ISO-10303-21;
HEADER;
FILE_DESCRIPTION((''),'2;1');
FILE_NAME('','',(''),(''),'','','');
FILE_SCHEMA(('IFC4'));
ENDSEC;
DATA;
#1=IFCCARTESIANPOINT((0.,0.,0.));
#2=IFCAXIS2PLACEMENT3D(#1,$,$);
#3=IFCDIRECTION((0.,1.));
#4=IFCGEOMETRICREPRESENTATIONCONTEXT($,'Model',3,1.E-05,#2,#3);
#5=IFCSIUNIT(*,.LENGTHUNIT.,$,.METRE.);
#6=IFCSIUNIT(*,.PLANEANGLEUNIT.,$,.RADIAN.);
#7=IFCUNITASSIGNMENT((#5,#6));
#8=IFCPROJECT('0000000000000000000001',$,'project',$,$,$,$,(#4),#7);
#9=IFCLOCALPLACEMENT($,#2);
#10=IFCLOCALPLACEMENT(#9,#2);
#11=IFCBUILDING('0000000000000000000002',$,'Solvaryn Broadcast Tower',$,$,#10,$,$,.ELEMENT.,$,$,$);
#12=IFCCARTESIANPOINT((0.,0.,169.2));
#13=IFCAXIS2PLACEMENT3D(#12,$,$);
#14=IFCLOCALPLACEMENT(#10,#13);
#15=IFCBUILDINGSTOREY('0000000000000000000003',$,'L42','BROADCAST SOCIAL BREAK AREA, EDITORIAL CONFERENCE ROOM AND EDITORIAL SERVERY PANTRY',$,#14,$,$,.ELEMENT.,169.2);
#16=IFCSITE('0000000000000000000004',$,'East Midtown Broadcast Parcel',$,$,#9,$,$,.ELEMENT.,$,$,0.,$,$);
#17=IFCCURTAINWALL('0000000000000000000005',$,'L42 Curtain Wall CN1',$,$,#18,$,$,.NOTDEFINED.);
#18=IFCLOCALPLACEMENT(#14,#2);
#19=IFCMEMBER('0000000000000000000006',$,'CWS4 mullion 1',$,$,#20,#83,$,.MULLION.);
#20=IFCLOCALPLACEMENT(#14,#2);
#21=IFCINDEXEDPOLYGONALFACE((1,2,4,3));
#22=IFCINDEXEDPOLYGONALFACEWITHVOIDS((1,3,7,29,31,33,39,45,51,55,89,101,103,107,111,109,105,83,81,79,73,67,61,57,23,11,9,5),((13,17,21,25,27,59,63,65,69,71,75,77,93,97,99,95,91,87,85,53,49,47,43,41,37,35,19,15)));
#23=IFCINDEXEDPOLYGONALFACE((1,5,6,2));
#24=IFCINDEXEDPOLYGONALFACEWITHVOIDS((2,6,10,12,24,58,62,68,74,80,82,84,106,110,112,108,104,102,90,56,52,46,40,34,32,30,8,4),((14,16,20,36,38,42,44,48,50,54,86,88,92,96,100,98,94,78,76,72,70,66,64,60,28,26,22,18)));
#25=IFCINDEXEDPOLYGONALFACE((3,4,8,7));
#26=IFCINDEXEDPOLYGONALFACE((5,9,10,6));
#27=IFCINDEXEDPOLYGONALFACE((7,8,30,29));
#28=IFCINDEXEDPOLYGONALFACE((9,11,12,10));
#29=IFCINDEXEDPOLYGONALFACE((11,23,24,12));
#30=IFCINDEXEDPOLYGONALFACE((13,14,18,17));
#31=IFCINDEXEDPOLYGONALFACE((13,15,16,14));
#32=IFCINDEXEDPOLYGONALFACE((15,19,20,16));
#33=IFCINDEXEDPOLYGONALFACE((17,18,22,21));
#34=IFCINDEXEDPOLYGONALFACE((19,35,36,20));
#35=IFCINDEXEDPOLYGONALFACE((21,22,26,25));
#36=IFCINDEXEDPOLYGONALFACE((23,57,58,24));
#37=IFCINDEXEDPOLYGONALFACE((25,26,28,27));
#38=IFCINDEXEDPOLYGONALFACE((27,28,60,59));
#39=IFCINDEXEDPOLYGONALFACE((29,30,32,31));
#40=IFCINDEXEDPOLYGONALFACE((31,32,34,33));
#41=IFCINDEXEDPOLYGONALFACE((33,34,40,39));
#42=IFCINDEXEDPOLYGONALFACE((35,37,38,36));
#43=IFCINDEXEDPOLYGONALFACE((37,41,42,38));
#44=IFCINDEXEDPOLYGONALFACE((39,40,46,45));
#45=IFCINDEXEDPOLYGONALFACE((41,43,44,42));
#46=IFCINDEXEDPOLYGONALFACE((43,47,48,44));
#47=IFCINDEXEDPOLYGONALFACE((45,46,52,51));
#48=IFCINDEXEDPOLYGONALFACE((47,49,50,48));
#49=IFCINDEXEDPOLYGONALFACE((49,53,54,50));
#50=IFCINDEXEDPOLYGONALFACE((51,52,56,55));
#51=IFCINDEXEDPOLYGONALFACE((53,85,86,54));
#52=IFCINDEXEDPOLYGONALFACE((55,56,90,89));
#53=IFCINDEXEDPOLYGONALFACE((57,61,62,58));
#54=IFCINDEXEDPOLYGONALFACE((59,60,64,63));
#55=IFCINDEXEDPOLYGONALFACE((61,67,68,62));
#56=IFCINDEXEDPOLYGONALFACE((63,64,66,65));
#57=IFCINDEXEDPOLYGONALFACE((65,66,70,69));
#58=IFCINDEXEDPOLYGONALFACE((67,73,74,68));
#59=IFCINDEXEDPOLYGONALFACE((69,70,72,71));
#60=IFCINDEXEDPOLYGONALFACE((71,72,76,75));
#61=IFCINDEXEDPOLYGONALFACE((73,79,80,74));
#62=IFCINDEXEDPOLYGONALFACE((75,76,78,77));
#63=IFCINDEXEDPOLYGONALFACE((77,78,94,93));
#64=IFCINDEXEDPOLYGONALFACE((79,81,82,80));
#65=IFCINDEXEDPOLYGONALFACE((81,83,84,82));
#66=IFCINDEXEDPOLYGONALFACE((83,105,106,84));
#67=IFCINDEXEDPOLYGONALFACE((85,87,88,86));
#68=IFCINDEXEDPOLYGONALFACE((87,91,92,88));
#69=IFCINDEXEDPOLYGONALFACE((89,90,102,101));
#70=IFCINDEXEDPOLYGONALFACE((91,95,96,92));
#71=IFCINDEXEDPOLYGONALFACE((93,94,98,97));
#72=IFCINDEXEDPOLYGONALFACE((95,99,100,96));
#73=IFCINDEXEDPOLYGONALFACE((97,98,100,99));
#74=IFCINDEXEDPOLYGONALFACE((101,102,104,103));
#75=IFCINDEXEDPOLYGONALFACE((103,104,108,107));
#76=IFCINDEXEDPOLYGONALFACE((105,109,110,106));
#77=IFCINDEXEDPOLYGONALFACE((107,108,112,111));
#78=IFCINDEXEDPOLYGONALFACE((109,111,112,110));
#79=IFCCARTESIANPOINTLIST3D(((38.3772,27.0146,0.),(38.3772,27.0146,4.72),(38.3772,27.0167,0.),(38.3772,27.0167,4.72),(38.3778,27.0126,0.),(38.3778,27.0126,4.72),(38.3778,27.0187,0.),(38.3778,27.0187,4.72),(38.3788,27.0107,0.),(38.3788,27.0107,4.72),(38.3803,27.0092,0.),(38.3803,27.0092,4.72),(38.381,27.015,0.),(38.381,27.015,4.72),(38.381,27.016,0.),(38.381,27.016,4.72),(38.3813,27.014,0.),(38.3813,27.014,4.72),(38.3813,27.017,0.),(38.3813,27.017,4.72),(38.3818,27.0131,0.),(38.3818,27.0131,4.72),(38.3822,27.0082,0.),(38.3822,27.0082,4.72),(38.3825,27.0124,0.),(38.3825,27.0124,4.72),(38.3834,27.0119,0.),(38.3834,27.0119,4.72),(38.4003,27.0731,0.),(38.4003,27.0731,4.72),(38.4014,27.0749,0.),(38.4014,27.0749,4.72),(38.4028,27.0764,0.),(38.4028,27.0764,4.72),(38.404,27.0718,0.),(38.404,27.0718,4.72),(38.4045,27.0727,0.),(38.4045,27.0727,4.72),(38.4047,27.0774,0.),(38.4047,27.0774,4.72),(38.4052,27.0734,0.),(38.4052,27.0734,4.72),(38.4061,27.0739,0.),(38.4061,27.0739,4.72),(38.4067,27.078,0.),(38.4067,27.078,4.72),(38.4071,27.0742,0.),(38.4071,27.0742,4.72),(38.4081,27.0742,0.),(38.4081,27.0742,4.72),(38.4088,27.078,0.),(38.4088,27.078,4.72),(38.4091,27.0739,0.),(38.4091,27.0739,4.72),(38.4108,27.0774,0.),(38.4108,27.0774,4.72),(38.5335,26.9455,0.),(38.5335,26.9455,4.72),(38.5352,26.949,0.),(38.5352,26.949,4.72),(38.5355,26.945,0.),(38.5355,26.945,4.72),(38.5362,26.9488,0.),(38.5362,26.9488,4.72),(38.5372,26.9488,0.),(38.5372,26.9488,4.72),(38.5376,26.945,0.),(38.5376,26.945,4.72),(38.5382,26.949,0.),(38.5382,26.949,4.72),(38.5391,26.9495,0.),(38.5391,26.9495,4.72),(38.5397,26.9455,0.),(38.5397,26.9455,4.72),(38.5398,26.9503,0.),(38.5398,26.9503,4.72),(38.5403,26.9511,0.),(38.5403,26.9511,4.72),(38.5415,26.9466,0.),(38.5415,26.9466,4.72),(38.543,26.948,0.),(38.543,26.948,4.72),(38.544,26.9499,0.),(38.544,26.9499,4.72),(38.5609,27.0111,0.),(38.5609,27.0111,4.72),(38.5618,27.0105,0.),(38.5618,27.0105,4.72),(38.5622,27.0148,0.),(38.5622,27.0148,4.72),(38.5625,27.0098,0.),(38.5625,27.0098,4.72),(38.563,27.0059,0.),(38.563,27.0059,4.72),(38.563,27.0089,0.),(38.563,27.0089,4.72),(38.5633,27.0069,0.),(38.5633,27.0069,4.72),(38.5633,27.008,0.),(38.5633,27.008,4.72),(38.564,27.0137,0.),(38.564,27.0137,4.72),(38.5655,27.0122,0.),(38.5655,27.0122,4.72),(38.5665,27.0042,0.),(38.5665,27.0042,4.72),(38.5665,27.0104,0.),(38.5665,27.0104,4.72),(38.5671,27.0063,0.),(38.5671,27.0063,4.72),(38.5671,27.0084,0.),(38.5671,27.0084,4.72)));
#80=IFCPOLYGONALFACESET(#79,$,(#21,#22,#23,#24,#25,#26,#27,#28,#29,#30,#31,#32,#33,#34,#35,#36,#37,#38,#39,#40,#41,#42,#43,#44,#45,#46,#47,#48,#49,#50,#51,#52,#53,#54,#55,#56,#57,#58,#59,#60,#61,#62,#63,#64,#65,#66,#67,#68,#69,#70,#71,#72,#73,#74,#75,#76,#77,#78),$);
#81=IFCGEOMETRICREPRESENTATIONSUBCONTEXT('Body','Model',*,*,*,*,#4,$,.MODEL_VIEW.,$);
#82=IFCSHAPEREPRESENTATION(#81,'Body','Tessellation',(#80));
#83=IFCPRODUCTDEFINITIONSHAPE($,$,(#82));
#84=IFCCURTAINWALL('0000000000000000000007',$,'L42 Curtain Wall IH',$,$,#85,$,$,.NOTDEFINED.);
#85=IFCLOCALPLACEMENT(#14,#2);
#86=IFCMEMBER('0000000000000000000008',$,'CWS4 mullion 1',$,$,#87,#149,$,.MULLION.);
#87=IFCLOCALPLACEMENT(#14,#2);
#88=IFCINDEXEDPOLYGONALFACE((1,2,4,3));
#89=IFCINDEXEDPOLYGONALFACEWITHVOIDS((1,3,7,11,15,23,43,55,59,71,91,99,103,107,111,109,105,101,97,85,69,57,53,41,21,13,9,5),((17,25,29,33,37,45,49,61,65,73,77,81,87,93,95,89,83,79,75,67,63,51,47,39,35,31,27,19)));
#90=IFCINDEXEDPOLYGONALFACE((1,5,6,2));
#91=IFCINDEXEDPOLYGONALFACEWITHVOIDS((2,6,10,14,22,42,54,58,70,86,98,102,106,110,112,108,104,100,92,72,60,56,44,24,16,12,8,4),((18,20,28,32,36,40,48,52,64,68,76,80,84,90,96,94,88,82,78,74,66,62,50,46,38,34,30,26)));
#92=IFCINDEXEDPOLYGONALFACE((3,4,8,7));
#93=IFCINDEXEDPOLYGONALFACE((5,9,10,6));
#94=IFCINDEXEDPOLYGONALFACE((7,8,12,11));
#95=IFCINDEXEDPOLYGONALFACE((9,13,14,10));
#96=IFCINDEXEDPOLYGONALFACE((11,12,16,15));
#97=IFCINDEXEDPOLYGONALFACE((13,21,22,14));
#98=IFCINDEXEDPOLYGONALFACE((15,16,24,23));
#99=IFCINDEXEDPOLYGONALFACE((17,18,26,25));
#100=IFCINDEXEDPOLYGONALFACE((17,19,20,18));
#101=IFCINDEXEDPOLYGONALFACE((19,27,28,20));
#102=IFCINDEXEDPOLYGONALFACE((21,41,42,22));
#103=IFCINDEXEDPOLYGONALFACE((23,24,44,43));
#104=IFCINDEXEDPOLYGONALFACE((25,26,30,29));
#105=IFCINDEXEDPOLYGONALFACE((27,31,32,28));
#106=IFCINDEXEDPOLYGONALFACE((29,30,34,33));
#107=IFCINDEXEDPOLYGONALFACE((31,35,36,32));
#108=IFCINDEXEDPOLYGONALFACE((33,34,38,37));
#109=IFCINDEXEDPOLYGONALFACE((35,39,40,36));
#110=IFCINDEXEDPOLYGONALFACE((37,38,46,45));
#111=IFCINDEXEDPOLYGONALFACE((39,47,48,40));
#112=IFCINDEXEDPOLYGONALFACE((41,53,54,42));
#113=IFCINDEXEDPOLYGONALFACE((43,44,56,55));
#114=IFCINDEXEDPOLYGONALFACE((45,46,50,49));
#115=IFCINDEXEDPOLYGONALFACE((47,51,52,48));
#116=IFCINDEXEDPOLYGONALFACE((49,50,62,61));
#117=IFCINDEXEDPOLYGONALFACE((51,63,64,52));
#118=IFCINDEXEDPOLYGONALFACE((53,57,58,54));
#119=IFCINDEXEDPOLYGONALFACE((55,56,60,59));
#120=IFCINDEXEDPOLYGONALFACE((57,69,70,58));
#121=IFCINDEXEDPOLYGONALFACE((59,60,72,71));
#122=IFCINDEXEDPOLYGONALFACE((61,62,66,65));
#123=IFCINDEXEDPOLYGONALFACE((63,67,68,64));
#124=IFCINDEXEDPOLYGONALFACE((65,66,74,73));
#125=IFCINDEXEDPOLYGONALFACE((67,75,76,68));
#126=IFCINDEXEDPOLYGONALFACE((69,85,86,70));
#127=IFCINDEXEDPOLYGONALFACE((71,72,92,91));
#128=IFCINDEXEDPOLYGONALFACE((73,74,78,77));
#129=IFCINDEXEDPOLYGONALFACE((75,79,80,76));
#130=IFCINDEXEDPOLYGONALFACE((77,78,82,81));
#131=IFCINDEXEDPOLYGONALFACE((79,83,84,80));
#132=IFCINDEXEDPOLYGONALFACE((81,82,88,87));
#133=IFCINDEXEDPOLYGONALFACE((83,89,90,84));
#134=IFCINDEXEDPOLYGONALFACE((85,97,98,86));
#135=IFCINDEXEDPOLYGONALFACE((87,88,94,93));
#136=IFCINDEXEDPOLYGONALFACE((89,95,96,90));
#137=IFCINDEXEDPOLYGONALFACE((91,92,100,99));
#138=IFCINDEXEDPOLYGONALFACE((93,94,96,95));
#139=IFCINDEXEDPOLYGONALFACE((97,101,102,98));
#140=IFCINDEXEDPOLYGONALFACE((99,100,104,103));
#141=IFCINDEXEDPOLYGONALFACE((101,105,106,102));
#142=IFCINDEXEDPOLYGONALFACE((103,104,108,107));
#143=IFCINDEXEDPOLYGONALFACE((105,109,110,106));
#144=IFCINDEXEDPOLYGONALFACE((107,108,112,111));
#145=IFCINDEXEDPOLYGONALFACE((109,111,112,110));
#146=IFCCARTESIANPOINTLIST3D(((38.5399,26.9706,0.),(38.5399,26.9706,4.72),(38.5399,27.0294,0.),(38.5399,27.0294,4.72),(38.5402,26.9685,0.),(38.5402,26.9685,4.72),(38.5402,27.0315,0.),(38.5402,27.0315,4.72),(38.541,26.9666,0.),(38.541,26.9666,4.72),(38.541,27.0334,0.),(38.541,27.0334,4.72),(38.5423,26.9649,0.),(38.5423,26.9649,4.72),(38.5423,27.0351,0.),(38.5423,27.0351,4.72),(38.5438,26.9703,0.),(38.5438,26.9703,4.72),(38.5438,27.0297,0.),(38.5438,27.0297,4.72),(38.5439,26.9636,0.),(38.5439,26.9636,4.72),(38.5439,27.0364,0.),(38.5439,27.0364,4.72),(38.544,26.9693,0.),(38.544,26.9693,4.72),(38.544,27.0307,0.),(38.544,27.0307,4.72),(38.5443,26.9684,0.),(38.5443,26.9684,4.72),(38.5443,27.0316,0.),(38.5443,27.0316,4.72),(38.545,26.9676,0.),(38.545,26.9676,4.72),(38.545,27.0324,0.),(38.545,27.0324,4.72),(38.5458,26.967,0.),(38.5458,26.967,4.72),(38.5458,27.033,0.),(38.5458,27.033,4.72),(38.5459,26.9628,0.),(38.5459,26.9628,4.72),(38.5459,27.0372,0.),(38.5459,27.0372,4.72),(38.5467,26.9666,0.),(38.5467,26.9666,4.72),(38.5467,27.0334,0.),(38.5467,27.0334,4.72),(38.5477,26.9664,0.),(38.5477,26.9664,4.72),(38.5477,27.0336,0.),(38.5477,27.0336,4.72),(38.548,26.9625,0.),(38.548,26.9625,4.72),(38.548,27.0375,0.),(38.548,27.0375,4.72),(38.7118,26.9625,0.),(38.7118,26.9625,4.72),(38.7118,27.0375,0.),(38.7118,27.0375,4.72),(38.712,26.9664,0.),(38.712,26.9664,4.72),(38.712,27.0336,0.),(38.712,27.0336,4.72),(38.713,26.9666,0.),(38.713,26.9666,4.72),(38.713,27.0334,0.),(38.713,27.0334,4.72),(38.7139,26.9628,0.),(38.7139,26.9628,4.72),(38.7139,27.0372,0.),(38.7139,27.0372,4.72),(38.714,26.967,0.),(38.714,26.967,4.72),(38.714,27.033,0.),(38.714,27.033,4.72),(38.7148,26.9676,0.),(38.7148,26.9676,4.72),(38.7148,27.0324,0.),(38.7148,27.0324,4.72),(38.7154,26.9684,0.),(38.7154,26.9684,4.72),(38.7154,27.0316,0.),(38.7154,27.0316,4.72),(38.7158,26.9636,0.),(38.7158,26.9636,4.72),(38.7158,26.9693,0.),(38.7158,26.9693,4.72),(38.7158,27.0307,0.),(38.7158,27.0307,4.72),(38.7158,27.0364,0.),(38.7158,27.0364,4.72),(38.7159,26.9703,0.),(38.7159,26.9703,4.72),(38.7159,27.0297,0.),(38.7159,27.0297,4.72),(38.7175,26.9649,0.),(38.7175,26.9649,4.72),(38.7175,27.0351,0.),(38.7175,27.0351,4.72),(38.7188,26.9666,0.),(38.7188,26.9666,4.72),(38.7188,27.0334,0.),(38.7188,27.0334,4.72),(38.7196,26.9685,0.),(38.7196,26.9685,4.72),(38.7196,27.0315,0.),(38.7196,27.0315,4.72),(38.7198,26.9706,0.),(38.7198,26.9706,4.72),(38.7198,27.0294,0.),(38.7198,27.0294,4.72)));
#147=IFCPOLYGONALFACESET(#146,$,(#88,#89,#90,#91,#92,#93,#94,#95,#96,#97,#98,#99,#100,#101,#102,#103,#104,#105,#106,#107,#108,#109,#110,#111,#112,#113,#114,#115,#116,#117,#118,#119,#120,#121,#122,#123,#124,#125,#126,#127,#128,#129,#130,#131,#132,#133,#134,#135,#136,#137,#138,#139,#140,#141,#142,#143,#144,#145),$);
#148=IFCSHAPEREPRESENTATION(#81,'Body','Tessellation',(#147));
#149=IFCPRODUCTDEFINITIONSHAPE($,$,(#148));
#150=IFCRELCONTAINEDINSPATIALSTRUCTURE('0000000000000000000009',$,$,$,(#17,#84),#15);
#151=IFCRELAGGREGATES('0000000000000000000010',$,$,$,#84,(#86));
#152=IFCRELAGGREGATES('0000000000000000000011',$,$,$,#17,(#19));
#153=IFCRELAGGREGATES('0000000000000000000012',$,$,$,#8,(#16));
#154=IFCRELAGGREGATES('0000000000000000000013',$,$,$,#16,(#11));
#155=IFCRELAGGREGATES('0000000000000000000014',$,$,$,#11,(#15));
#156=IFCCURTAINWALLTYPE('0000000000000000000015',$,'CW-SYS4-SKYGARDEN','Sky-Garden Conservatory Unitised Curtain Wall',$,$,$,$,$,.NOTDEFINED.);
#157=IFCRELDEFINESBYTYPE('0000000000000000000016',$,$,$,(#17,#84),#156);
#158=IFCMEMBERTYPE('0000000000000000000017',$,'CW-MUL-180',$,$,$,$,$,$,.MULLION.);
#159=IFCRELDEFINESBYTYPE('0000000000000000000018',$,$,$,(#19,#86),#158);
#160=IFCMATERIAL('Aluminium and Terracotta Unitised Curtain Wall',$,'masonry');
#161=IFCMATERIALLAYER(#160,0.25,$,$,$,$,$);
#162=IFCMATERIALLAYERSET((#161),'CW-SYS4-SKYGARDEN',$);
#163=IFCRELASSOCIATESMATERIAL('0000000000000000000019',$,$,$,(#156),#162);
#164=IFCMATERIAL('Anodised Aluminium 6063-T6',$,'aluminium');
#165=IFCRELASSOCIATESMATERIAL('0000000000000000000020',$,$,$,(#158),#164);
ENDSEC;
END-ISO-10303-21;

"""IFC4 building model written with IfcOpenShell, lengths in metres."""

from ifc_helpers import new_model, si_unit, direction, frame, origin, origin_2d, place, context, subcontext, project, spatial, hollow_rectangle, extrude, material, layer, layer_set, material_profile, profile_set, type_object, element, aggregate, save


model = new_model("IFC4")

# Units and contexts
model_context = context("Model", 3, precision=1e-05, world=origin(), true_north=direction((0.0, 1.0)))
body_context = subcontext(model_context, "Body", "Model", "MODEL_VIEW")
ifc_project = project(units=[si_unit("LENGTHUNIT", "METRE"), si_unit("PLANEANGLEUNIT", "RADIAN")], contexts=[model_context])

# Site, building, storey
site_placement = place(None, origin())
site = spatial("IfcSite", under=ifc_project, at=site_placement, Name="East Midtown Broadcast Parcel", CompositionType="ELEMENT", RefElevation=0.0)
building_placement = place(site_placement, origin())
building = spatial("IfcBuilding", under=site, at=building_placement, Name="Solvaryn Broadcast Tower", CompositionType="ELEMENT")
storey_placement = place(building_placement, frame((0.0, 0.0, 169.2)))
storey = spatial("IfcBuildingStorey", under=building, at=storey_placement, Name="L42", Description="BROADCAST SOCIAL BREAK AREA, EDITORIAL CONFERENCE ROOM AND EDITORIAL SERVERY PANTRY", CompositionType="ELEMENT", Elevation=169.2)

# Curtain walls, members
ifc_material_1 = material(Name="Aluminium and Terracotta Unitised Curtain Wall", Category="masonry")
ifc_layer_1 = layer(ifc_material_1, 0.25)
ifc_layer_set_1 = layer_set([ifc_layer_1], Name="CW-SYS4-SKYGARDEN")
curtain_wall_type = type_object("IfcCurtainWallType", Name="CW-SYS4-SKYGARDEN", Description="Sky-Garden Conservatory Unitised Curtain Wall", PredefinedType="NOTDEFINED", material=ifc_layer_set_1)
curtain_wall_1_placement = place(storey_placement, origin())
curtain_wall_1 = element("IfcCurtainWall", 1, at=curtain_wall_1_placement, inside=storey, type_object=curtain_wall_type, Name="L42 Curtain Wall CN1", PredefinedType="NOTDEFINED")
ifc_material_2 = material(Name="Anodised Aluminium 6063-T6", Category="aluminium")
ifc_material_profile_1 = material_profile(ifc_material_2, hollow_rectangle(XDim=0.075, YDim=0.1799, WallThickness=0.0039, InnerFilletRadius=0.0039, OuterFilletRadius=0.0081, at=origin_2d()))
ifc_profile_set_1 = profile_set([ifc_material_profile_1], Name="Anodised Aluminium 6063-T6")
member_type_1 = type_object("IfcMemberType", Name="CW-MUL-180", PredefinedType="MULLION", material=ifc_profile_set_1)
member_1_placement = place(storey_placement, frame((38.4722, 27.0115, 0.0), z_axis=(0.0, 0.0, 1.0), x_axis=(-0.382646, -0.923895, 0.0)))
member_1 = element("IfcMember", 2, at=member_1_placement, type_object=member_type_1, Name="CWS4 mullion 1", PredefinedType="MULLION", context=body_context, shape_type="SweptSolid", body=[
    extrude(hollow_rectangle(XDim=0.075, YDim=0.1799, WallThickness=0.0039, InnerFilletRadius=0.0039, OuterFilletRadius=0.0081, at=origin_2d()), origin(), (0.0, 0.0, 1.0), 4.72),
])
curtain_wall_2_placement = place(storey_placement, origin())
curtain_wall_2 = element("IfcCurtainWall", 3, at=curtain_wall_2_placement, inside=storey, type_object=curtain_wall_type, Name="L42 Curtain Wall IH", PredefinedType="NOTDEFINED")
member_2_placement = place(storey_placement, frame((38.6299, 27.0, 0.0), z_axis=(0.0, 0.0, 1.0), x_axis=(0.0, 1.0, 0.0)))
member_2 = element("IfcMember", 4, at=member_2_placement, type_object=member_type_1, Name="CWS4 mullion 1", PredefinedType="MULLION", context=body_context, shape_type="SweptSolid", body=[
    extrude(hollow_rectangle(XDim=0.075, YDim=0.1799, WallThickness=0.0039, InnerFilletRadius=0.0039, OuterFilletRadius=0.0081, at=origin_2d()), origin(), (0.0, 0.0, 1.0), 4.72),
])
aggregate(curtain_wall_2, [member_2])

aggregate(curtain_wall_1, [member_1])

save(model, "model.ifc")
